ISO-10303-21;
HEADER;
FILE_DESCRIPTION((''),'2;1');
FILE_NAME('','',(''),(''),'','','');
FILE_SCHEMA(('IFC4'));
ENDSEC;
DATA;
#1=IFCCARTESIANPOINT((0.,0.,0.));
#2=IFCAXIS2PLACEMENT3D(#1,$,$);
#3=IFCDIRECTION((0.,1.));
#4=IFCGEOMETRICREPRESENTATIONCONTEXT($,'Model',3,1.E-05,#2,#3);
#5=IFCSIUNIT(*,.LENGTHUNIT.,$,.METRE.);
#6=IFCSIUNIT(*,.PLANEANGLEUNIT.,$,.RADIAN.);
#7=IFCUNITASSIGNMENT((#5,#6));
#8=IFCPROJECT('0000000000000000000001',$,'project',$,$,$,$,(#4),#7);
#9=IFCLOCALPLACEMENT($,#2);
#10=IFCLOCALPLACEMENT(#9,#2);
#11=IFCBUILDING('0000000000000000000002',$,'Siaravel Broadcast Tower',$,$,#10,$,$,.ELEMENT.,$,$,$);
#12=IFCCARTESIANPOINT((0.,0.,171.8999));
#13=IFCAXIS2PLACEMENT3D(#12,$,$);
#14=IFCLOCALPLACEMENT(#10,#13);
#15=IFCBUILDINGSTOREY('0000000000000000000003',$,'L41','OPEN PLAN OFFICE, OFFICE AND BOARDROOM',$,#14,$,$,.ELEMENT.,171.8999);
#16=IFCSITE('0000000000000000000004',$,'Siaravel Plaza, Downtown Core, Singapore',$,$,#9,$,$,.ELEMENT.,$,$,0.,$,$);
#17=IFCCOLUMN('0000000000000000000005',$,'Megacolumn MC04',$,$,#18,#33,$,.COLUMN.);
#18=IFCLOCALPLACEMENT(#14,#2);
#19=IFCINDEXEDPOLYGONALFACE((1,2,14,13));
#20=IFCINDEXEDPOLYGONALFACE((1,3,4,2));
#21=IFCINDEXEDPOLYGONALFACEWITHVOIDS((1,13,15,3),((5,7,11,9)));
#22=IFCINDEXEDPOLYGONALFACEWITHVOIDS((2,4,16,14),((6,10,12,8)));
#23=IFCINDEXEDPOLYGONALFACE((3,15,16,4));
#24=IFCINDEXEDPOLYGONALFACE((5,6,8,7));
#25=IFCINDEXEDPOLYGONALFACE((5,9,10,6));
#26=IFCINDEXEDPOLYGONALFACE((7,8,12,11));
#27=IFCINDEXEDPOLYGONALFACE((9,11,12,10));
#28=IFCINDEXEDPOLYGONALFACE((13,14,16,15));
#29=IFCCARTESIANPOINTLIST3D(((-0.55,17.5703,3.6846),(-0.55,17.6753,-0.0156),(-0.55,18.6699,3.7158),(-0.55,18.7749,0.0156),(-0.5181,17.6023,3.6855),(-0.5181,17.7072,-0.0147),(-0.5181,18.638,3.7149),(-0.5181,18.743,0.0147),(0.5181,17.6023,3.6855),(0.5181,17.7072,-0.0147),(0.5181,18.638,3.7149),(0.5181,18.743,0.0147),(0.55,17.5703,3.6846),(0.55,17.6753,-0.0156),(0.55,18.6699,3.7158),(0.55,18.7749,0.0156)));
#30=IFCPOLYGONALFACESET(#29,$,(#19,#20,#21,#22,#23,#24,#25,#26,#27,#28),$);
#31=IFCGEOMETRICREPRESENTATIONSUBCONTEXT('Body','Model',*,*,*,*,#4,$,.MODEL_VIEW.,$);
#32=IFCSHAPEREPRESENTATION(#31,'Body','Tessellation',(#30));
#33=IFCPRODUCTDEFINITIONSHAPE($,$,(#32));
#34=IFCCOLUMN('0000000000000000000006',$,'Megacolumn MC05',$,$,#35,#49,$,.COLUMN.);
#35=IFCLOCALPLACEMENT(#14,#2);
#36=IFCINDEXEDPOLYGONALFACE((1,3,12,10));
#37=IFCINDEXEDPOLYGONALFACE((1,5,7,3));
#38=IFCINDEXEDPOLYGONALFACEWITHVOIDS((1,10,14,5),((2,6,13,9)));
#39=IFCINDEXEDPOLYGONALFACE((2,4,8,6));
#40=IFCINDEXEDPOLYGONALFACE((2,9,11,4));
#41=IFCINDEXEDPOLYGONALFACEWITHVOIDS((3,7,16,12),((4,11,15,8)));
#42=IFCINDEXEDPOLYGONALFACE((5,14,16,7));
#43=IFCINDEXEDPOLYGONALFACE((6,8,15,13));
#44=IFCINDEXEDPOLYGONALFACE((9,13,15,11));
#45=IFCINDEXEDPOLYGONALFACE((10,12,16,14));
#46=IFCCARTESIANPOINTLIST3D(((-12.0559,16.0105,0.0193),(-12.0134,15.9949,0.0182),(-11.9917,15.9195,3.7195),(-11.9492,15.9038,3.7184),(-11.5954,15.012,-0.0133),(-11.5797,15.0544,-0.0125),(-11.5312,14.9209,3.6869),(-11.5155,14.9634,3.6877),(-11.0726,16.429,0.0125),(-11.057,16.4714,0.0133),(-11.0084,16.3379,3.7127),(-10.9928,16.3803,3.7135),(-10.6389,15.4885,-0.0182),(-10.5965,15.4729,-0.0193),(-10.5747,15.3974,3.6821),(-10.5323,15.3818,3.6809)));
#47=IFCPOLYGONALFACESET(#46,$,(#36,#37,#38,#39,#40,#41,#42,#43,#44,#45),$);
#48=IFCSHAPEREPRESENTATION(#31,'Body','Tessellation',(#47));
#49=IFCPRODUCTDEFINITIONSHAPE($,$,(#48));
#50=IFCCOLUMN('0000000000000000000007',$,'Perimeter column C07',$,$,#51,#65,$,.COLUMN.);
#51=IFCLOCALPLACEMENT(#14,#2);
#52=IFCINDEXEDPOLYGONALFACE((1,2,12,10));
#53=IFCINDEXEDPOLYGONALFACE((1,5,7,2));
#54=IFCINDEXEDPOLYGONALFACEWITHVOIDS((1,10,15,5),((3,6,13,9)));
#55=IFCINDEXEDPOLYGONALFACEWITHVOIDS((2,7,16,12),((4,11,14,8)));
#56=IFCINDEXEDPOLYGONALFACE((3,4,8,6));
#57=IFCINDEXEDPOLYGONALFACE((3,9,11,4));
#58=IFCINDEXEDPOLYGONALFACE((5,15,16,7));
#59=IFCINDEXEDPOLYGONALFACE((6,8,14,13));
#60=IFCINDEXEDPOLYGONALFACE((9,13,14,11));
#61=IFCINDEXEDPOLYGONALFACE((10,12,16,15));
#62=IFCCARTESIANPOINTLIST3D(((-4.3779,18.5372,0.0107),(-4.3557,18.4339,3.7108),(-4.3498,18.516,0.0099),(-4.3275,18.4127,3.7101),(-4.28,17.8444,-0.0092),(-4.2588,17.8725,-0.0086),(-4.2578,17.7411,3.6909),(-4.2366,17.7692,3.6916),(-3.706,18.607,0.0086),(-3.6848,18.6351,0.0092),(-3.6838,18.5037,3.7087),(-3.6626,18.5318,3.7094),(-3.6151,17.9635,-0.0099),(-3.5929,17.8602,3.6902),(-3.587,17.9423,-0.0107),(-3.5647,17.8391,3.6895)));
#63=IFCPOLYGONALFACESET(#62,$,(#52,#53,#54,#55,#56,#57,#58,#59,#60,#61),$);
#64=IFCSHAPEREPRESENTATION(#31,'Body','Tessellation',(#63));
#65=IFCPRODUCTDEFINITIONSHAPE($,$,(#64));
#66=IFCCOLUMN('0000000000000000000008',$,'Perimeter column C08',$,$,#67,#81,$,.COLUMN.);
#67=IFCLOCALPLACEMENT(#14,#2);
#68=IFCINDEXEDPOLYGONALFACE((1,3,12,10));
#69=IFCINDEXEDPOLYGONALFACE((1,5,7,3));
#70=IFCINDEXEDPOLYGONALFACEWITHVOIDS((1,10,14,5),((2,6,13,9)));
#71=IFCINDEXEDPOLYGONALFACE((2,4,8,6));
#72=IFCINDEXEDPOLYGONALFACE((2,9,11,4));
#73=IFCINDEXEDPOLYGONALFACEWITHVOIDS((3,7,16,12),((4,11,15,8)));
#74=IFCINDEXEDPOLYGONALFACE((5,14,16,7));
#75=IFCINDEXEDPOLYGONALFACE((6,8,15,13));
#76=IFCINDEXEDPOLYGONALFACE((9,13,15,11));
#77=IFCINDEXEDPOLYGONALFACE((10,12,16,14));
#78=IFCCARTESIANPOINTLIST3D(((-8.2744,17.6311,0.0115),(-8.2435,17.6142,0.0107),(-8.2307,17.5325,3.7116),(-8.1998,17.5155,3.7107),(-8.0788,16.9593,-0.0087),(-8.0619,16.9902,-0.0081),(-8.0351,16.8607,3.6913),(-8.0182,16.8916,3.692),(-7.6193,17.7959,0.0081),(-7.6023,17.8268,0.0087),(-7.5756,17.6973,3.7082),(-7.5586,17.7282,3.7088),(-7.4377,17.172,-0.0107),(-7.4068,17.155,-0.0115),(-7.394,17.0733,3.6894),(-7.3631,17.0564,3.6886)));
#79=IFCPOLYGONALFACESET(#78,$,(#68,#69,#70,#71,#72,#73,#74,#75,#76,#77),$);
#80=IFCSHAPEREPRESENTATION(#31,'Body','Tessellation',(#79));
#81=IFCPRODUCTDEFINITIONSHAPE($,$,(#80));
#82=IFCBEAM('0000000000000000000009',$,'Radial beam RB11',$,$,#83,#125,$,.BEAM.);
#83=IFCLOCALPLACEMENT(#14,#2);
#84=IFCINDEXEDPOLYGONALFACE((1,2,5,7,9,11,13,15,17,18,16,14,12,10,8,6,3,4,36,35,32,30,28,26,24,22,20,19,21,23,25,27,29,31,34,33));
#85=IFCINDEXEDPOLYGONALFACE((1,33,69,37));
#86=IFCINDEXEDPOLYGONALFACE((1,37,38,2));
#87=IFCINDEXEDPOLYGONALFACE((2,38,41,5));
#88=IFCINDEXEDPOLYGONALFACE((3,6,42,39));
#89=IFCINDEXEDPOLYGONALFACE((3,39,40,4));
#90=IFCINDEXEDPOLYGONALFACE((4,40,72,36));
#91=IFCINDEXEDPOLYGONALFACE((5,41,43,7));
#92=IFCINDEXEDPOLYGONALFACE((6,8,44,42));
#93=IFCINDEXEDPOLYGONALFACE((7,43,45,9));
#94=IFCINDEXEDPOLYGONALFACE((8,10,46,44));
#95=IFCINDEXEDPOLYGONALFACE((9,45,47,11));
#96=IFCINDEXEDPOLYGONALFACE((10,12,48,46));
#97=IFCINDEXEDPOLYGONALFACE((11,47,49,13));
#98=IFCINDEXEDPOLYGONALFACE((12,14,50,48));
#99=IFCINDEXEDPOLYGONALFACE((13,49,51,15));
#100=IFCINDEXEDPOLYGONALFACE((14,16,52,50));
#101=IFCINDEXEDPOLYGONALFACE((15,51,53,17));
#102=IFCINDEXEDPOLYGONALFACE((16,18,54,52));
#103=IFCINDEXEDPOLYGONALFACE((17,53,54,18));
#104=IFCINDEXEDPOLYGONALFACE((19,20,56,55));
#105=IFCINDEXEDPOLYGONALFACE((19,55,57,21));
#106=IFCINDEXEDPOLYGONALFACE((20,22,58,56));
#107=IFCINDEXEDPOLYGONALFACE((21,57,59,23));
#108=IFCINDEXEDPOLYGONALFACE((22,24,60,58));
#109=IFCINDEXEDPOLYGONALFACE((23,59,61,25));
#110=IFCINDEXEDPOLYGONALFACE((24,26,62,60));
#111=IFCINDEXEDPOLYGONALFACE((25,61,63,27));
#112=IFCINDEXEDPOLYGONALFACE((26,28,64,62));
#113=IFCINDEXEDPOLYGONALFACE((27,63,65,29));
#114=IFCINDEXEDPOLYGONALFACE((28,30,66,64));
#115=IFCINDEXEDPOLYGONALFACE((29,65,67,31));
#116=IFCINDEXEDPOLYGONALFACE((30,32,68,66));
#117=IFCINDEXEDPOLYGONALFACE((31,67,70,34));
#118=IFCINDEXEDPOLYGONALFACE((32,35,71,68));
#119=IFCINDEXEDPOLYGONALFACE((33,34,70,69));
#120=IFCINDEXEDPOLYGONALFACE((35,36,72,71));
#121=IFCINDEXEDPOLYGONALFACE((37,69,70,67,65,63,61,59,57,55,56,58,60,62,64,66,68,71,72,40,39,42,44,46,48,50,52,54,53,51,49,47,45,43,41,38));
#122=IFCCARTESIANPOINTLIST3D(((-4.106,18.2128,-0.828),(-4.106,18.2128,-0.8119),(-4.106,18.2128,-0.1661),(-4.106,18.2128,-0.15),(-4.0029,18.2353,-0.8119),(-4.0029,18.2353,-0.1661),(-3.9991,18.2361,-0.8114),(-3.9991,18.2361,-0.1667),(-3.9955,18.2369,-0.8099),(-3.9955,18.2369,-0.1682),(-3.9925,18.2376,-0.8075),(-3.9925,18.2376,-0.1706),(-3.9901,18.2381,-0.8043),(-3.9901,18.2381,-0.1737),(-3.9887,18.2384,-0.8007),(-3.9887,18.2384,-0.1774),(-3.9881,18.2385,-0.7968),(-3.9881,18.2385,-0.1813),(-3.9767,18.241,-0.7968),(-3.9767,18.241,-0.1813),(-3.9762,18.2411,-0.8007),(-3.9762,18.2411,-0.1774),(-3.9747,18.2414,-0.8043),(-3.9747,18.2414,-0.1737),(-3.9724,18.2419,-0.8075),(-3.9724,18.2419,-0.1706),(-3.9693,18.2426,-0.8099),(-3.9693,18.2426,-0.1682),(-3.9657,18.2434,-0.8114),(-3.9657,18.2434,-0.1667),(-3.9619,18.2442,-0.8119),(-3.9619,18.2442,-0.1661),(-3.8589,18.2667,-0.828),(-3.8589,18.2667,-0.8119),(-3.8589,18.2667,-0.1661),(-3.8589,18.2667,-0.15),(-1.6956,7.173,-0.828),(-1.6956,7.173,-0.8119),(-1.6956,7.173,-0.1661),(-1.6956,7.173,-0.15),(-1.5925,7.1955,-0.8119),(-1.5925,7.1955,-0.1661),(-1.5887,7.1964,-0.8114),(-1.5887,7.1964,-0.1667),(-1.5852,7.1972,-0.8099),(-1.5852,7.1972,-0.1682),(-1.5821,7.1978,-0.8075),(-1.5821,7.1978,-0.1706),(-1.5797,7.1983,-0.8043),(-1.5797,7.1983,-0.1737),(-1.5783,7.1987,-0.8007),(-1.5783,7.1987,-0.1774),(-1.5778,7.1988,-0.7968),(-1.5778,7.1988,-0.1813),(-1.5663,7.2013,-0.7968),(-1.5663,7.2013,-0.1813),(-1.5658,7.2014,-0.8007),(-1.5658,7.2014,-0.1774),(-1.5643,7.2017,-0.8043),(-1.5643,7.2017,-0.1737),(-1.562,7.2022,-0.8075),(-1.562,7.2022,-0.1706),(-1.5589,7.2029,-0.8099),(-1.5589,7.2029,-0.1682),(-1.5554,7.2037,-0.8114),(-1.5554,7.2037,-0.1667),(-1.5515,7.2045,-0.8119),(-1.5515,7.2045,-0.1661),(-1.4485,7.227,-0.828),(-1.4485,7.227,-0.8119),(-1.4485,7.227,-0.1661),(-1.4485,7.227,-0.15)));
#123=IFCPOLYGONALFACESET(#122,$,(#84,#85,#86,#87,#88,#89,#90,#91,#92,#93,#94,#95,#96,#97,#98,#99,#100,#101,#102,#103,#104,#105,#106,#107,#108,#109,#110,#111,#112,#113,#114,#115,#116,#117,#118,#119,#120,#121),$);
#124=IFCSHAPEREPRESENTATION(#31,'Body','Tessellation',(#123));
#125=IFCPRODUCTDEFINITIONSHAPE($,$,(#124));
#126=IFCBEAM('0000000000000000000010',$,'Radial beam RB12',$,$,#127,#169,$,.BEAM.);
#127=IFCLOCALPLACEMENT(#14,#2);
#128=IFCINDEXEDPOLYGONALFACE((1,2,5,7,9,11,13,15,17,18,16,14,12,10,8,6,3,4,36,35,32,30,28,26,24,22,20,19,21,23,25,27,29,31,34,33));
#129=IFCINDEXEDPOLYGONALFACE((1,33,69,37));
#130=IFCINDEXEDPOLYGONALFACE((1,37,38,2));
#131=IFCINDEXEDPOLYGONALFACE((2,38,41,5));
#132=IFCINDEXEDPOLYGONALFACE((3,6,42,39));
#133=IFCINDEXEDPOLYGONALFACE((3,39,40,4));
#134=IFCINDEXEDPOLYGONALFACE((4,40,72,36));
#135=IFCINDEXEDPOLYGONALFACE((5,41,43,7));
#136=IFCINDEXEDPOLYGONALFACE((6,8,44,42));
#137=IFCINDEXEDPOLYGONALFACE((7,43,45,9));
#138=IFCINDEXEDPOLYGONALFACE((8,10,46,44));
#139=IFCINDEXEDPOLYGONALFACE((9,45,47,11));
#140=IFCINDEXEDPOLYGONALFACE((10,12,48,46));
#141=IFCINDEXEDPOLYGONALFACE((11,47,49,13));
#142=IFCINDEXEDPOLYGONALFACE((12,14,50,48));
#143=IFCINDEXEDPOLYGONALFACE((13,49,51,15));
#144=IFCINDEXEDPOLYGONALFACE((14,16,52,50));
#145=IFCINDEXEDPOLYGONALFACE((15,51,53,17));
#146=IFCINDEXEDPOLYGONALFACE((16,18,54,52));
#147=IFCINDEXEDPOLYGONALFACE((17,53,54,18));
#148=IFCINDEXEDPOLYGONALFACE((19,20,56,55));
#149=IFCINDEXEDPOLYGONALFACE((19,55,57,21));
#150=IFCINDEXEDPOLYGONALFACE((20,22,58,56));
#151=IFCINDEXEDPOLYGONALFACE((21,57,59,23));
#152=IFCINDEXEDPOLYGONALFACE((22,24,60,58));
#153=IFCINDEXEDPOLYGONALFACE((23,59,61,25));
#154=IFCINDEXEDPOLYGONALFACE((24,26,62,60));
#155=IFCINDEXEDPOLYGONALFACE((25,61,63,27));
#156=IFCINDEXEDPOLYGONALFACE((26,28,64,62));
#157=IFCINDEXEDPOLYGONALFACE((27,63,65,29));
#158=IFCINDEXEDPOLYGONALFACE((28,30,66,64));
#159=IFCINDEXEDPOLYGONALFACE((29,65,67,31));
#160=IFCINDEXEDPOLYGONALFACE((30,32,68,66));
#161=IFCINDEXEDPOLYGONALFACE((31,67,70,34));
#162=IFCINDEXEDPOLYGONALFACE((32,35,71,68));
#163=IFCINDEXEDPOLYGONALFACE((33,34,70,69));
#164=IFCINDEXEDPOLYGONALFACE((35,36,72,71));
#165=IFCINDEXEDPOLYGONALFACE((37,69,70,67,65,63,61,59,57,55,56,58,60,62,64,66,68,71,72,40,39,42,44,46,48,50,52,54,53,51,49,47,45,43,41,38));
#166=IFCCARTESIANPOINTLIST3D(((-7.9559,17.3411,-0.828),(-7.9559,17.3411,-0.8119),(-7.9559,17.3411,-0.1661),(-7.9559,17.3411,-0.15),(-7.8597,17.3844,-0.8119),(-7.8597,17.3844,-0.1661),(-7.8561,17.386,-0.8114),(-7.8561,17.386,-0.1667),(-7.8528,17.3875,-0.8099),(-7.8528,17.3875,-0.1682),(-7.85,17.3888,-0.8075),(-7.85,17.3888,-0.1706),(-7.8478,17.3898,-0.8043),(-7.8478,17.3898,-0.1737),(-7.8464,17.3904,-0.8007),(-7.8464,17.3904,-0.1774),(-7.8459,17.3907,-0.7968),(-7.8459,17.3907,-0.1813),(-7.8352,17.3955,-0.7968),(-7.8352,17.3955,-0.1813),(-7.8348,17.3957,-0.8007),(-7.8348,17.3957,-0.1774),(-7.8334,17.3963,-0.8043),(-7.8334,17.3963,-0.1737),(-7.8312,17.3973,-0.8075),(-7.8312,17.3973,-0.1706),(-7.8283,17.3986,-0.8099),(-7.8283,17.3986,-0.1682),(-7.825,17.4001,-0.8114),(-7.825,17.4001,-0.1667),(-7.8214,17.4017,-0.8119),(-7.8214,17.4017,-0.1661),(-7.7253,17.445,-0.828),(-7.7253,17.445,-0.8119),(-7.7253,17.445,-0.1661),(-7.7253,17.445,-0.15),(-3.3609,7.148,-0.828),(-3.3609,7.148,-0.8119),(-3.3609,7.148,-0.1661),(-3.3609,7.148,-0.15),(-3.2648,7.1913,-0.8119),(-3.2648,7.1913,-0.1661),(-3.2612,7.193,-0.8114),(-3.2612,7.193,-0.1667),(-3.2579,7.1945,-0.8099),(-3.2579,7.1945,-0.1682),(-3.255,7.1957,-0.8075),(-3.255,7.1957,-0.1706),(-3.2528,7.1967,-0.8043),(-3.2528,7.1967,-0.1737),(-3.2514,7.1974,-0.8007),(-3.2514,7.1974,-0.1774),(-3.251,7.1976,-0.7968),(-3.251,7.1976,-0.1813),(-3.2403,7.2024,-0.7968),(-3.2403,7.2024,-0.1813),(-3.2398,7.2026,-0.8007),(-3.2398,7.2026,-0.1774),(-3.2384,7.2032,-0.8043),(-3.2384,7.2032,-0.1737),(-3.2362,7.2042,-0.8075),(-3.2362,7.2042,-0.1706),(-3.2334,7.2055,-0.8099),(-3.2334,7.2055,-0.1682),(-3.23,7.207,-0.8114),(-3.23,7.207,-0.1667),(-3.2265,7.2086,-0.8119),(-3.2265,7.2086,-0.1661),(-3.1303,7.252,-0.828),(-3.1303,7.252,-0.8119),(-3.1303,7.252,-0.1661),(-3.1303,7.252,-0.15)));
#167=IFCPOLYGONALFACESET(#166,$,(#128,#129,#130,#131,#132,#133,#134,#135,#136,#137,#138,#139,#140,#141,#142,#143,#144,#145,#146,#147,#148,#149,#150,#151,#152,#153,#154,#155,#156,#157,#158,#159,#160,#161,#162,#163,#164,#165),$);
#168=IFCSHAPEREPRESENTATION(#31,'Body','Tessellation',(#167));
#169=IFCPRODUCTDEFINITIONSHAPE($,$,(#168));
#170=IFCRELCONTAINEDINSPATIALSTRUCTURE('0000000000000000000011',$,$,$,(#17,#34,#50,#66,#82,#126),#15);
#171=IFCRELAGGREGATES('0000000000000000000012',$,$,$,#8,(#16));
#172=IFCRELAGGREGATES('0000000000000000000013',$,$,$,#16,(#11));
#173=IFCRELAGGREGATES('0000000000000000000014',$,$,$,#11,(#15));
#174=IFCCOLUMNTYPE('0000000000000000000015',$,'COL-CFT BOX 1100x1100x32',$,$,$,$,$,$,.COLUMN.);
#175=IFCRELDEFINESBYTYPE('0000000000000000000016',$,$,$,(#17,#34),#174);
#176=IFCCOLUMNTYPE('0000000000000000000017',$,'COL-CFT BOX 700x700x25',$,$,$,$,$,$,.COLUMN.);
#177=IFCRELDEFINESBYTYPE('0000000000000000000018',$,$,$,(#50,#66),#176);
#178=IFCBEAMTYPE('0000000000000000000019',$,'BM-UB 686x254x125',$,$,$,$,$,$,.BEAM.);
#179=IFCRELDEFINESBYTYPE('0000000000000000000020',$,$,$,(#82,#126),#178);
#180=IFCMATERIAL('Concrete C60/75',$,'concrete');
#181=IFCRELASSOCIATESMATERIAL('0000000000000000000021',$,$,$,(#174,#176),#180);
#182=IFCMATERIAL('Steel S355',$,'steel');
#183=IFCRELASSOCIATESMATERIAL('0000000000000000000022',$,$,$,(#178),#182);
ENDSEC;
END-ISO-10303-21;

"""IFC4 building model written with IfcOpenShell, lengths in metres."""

from ifc_helpers import new_model, si_unit, direction, frame, origin, origin_2d, place, context, subcontext, project, spatial, hollow_rectangle, i_section, extrude, material, material_profile, profile_set, type_object, element, save


model = new_model("IFC4")

# Units and contexts
model_context = context("Model", 3, precision=1e-05, world=origin(), true_north=direction((0.0, 1.0)))
body_context = subcontext(model_context, "Body", "Model", "MODEL_VIEW")
ifc_project = project(units=[si_unit("LENGTHUNIT", "METRE"), si_unit("PLANEANGLEUNIT", "RADIAN")], contexts=[model_context])

# Site, building, storey
site_placement = place(None, origin())
site = spatial("IfcSite", under=ifc_project, at=site_placement, Name="Siaravel Plaza, Downtown Core, Singapore", CompositionType="ELEMENT", RefElevation=0.0)
building_placement = place(site_placement, origin())
building = spatial("IfcBuilding", under=site, at=building_placement, Name="Siaravel Broadcast Tower", CompositionType="ELEMENT")
storey_placement = place(building_placement, frame((0.0, 0.0, 171.8999)))
storey = spatial("IfcBuildingStorey", under=building, at=storey_placement, Name="L41", Description="OPEN PLAN OFFICE, OFFICE AND BOARDROOM", CompositionType="ELEMENT", Elevation=171.8999)

# Columns
ifc_material_1 = material(Name="Concrete C60/75", Category="concrete")
ifc_material_profile_1 = material_profile(ifc_material_1, hollow_rectangle(XDim=1.1001, YDim=1.1001, WallThickness=0.032, at=origin_2d()))
ifc_profile_set_1 = profile_set([ifc_material_profile_1], Name="Concrete C60/75")
column_type_1 = type_object("IfcColumnType", Name="COL-CFT BOX 1100x1100x32", PredefinedType="COLUMN", material=ifc_profile_set_1)
column_1_placement = place(storey_placement, frame((0.0, 18.2251, 0.0), z_axis=(0.0, -0.02836, 0.999598), x_axis=(1.0, 0.0, 0.0)))
element("IfcColumn", 1, at=column_1_placement, inside=storey, type_object=column_type_1, Name="Megacolumn MC04", PredefinedType="COLUMN", context=body_context, shape_type="SweptSolid", body=[
    extrude(hollow_rectangle(XDim=1.1001, YDim=1.1001, WallThickness=0.032, at=origin_2d()), origin(), (0.0, 0.0, 1.0), 3.7017),
])
column_2_placement = place(storey_placement, frame((-11.3262, 15.7417, 0.0), z_axis=(0.017345, -0.0246, 0.999547), x_axis=(0.908005, 0.418924, -0.005446)))
element("IfcColumn", 2, at=column_2_placement, inside=storey, type_object=column_type_1, Name="Megacolumn MC05", PredefinedType="COLUMN", context=body_context, shape_type="SweptSolid", body=[
    extrude(hollow_rectangle(XDim=1.1001, YDim=1.1001, WallThickness=0.032, at=origin_2d()), origin(), (0.0, 0.0, 1.0), 3.7019),
])
ifc_material_profile_2 = material_profile(ifc_material_1, hollow_rectangle(XDim=0.7, YDim=0.7, WallThickness=0.0249, at=origin_2d()))
ifc_profile_set_2 = profile_set([ifc_material_profile_2], Name="Concrete C60/75")
column_type_2 = type_object("IfcColumnType", Name="COL-CFT BOX 700x700x25", PredefinedType="COLUMN", material=ifc_profile_set_2)
for number, where, z_axis, x_axis, name in (
    (3, (-3.9824, 18.2397, 0.0), (0.006002, -0.027898, 0.999593), (0.990157, 0.139945, -0.002039), "Perimeter column C07"),
    (4, (-7.8406, 17.3931, 0.0), (0.011805, -0.026645, 0.999575), (0.960112, 0.27959, -0.003887), "Perimeter column C08"),
):
    element("IfcColumn", number, at=place(storey_placement, frame(where, z_axis=z_axis, x_axis=x_axis)), inside=storey, type_object=column_type_2, Name=name, PredefinedType="COLUMN", context=body_context, shape_type="SweptSolid", body=[
        extrude(hollow_rectangle(XDim=0.7, YDim=0.7, WallThickness=0.0249, at=origin_2d()), origin(), (0.0, 0.0, 1.0), 3.7017),
    ])

# Beams
ifc_material_2 = material(Name="Steel S355", Category="steel")
ifc_material_profile_3 = material_profile(ifc_material_2, i_section(OverallWidth=0.2529, OverallDepth=0.678, WebThickness=0.0117, FlangeThickness=0.0161, FilletRadius=0.0151, at=origin_2d()))
ifc_profile_set_3 = profile_set([ifc_material_profile_3], Name="Steel S355")
beam_type = type_object("IfcBeamType", Name="BM-UB 686x254x125", PredefinedType="BEAM", material=ifc_profile_set_3)
beam_1_placement = place(storey_placement, frame((-3.9824, 18.2397, -0.489), z_axis=(0.213312, -0.976984, 0.0), x_axis=(0.976984, 0.213312, 0.0)))
element("IfcBeam", 5, at=beam_1_placement, inside=storey, type_object=beam_type, Name="Radial beam RB11", PredefinedType="BEAM", context=body_context, shape_type="SweptSolid", body=[
    extrude(i_section(OverallWidth=0.2529, OverallDepth=0.678, WebThickness=0.0117, FlangeThickness=0.0161, FilletRadius=0.0151, at=origin_2d()), origin(), (0.0, 0.0, 1.0), 11.2998),
])
beam_2_placement = place(storey_placement, frame((-7.8406, 17.3931, -0.489), z_axis=(0.410965, -0.911651, 0.0), x_axis=(0.911651, 0.410965, 0.0)))
element("IfcBeam", 6, at=beam_2_placement, inside=storey, type_object=beam_type, Name="Radial beam RB12", PredefinedType="BEAM", context=body_context, shape_type="SweptSolid", body=[
    extrude(i_section(OverallWidth=0.2529, OverallDepth=0.678, WebThickness=0.0117, FlangeThickness=0.0161, FilletRadius=0.0151, at=origin_2d()), origin(), (0.0, 0.0, 1.0), 11.1809),
])

save(model, "model.ifc")
